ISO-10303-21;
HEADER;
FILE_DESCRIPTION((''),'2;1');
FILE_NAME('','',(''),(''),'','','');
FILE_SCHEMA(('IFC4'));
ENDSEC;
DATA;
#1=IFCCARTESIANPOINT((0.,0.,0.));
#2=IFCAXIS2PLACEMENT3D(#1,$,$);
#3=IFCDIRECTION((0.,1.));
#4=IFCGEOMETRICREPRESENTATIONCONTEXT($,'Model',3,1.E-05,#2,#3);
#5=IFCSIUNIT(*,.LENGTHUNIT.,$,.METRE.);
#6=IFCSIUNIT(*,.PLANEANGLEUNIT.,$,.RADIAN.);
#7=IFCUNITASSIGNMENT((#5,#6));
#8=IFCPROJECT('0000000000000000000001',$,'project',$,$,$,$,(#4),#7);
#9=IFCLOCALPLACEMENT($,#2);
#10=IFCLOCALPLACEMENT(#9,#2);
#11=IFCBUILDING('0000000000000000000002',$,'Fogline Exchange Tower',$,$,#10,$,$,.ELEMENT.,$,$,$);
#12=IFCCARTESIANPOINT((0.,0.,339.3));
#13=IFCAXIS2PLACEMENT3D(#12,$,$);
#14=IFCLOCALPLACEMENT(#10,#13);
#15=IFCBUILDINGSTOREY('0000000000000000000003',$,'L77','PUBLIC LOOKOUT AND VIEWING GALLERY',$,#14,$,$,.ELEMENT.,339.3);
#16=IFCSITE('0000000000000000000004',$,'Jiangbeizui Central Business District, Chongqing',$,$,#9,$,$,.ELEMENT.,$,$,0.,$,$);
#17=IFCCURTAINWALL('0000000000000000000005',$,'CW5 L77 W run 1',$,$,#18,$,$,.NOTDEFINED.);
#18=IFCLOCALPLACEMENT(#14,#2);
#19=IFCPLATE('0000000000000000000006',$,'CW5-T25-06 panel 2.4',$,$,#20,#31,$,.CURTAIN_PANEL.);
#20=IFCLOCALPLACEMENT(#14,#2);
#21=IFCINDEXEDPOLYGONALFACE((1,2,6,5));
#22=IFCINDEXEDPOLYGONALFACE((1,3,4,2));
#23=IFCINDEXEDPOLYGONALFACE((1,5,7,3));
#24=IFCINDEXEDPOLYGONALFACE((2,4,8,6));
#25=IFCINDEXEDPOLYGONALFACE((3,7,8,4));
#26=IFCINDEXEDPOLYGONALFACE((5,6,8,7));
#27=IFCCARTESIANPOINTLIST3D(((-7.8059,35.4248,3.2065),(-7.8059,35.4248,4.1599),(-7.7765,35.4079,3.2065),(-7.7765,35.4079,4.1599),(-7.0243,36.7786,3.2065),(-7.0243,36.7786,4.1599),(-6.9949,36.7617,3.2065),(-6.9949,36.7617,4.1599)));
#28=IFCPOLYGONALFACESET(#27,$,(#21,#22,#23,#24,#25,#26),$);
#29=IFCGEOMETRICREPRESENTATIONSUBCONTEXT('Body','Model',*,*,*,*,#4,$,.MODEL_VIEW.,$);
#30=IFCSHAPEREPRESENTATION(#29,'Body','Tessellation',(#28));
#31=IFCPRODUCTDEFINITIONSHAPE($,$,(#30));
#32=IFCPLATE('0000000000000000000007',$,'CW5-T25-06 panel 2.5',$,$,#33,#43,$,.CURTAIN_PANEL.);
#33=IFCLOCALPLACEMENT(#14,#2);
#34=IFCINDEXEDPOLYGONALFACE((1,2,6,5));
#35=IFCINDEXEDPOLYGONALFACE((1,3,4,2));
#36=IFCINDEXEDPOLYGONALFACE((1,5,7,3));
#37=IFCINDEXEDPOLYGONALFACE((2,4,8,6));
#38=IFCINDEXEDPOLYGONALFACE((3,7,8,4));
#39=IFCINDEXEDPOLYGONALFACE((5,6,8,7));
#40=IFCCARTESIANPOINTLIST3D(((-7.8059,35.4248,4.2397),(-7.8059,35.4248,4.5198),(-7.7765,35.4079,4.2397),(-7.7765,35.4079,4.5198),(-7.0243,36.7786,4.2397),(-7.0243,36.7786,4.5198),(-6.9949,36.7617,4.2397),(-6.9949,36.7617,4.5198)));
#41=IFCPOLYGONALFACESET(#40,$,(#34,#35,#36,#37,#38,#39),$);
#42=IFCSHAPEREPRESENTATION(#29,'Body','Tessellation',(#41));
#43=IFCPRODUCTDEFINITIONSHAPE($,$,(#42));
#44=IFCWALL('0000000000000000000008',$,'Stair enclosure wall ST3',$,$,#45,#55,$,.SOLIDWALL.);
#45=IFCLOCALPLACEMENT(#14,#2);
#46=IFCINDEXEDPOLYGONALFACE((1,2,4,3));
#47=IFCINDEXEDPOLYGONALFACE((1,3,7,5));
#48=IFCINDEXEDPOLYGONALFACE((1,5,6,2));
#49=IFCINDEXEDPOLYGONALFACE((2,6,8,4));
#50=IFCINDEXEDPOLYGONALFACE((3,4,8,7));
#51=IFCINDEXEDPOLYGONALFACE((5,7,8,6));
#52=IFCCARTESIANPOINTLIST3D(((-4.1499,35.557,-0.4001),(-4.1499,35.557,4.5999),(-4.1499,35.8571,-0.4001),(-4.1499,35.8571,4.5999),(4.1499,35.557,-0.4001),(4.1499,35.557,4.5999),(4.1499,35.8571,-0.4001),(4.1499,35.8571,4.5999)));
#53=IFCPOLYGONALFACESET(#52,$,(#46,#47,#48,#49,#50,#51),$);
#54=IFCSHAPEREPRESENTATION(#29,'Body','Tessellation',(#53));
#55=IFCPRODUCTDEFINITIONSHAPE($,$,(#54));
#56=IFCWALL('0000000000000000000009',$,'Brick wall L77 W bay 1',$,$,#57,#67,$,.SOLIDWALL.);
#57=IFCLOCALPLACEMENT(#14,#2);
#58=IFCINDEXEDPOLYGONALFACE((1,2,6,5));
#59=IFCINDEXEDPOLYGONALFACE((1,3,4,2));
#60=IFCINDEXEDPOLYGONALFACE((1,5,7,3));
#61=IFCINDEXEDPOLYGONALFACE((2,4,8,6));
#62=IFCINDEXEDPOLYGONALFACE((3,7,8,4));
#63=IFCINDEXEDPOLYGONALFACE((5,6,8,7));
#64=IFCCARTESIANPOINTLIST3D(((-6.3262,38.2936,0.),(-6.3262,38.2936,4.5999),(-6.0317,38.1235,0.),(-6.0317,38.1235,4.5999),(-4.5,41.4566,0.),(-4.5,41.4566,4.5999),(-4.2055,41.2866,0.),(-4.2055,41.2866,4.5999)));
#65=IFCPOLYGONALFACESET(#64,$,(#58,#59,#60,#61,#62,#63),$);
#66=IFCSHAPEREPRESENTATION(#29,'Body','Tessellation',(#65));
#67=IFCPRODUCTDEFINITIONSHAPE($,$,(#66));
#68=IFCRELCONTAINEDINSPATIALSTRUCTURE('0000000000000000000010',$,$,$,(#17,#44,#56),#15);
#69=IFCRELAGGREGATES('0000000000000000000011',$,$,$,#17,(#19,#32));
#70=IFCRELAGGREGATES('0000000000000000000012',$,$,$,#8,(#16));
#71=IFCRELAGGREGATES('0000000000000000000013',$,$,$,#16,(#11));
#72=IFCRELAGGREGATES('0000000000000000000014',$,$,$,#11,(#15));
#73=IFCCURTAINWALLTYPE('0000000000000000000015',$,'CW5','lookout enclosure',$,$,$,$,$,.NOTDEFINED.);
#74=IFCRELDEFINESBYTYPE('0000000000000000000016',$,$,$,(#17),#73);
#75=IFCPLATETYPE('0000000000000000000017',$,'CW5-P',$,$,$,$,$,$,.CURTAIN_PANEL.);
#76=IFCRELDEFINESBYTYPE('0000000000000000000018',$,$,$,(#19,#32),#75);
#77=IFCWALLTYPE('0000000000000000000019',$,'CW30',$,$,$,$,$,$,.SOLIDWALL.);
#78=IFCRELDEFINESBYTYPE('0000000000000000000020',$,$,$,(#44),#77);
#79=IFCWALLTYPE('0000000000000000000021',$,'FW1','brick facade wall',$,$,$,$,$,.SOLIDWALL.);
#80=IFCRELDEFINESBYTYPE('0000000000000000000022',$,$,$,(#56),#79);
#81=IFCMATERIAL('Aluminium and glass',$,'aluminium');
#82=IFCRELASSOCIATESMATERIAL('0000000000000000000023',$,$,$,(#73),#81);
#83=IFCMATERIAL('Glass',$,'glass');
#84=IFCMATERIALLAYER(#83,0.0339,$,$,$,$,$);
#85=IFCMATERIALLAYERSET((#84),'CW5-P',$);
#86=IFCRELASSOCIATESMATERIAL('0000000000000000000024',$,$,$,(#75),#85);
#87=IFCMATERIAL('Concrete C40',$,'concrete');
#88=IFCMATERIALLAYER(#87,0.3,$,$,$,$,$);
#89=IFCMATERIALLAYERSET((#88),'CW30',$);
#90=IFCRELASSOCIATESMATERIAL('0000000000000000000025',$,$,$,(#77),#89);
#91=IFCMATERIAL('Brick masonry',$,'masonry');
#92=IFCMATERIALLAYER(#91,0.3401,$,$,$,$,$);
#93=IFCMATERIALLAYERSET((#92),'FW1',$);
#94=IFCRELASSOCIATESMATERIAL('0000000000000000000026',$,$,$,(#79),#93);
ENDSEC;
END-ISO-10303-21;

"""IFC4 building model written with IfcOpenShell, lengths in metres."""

from ifc_helpers import new_model, si_unit, direction, frame, frame_2d, origin, origin_2d, place, context, subcontext, project, spatial, rectangle, extrude, material, layer, layer_set, type_object, element, aggregate, save


model = new_model("IFC4")

# Units and contexts
model_context = context("Model", 3, precision=1e-05, world=origin(), true_north=direction((0.0, 1.0)))
body_context = subcontext(model_context, "Body", "Model", "MODEL_VIEW")
ifc_project = project(units=[si_unit("LENGTHUNIT", "METRE"), si_unit("PLANEANGLEUNIT", "RADIAN")], contexts=[model_context])

# Site, building, storey
site_placement = place(None, origin())
site = spatial("IfcSite", under=ifc_project, at=site_placement, Name="Jiangbeizui Central Business District, Chongqing", CompositionType="ELEMENT", RefElevation=0.0)
building_placement = place(site_placement, origin())
building = spatial("IfcBuilding", under=site, at=building_placement, Name="Fogline Exchange Tower", CompositionType="ELEMENT")
storey_placement = place(building_placement, frame((0.0, 0.0, 339.3)))
storey = spatial("IfcBuildingStorey", under=building, at=storey_placement, Name="L77", Description="PUBLIC LOOKOUT AND VIEWING GALLERY", CompositionType="ELEMENT", Elevation=339.3)

# Shared definitions
ifc_material_1 = material(Name="Concrete C40", Category="concrete")

# Curtain wall, plates
ifc_material_2 = material(Name="Aluminium and glass", Category="aluminium")
curtain_wall_type = type_object("IfcCurtainWallType", Name="CW5", Description="lookout enclosure", PredefinedType="NOTDEFINED", material=ifc_material_2)
curtain_wall_placement = place(storey_placement, origin())
curtain_wall = element("IfcCurtainWall", 1, at=curtain_wall_placement, inside=storey, type_object=curtain_wall_type, Name="CW5 L77 W run 1", PredefinedType="NOTDEFINED")
ifc_material_3 = material(Name="Glass", Category="glass")
ifc_layer_1 = layer(ifc_material_3, 0.0339)
ifc_layer_set_1 = layer_set([ifc_layer_1], Name="CW5-P")
plate_type = type_object("IfcPlateType", Name="CW5-P", PredefinedType="CURTAIN_PANEL", material=ifc_layer_set_1)
plate_1_placement = place(storey_placement, frame((-7.4004, 36.0933, 3.2065), z_axis=(0.0, 0.0, 1.0), x_axis=(-0.5, -0.866025, 0.0)))
plate_1 = element("IfcPlate", 2, at=plate_1_placement, type_object=plate_type, Name="CW5-T25-06 panel 2.4", PredefinedType="CURTAIN_PANEL", context=body_context, shape_type="SweptSolid", body=[
    extrude(rectangle(XDim=1.5632, YDim=0.0339, at=origin_2d()), origin(), (0.0, 0.0, 1.0), 0.9534),
])
plate_2_placement = place(storey_placement, frame((-7.4004, 36.0933, 4.2397), z_axis=(0.0, 0.0, 1.0), x_axis=(-0.5, -0.866025, 0.0)))
plate_2 = element("IfcPlate", 3, at=plate_2_placement, type_object=plate_type, Name="CW5-T25-06 panel 2.5", PredefinedType="CURTAIN_PANEL", context=body_context, shape_type="SweptSolid", body=[
    extrude(rectangle(XDim=1.5632, YDim=0.0339, at=origin_2d()), origin(), (0.0, 0.0, 1.0), 0.28),
])
aggregate(curtain_wall, [plate_1, plate_2])

# Walls
ifc_layer_2 = layer(ifc_material_1, 0.3)
ifc_layer_set_2 = layer_set([ifc_layer_2], Name="CW30")
wall_type_1 = type_object("IfcWallType", Name="CW30", PredefinedType="SOLIDWALL", material=ifc_layer_set_2)
wall_1_placement = place(storey_placement, frame((-4.1499, 35.707, -0.4001), z_axis=(0.0, 0.0, 1.0), x_axis=(1.0, 0.0, 0.0)))
element("IfcWall", 4, at=wall_1_placement, inside=storey, type_object=wall_type_1, Name="Stair enclosure wall ST3", PredefinedType="SOLIDWALL", context=body_context, shape_type="SweptSolid", body=[
    extrude(rectangle(XDim=8.2998, YDim=0.3, at=frame_2d((4.1499, 0.0))), origin(), (0.0, 0.0, 1.0), 5.0),
])
ifc_material_4 = material(Name="Brick masonry", Category="masonry")
ifc_layer_3 = layer(ifc_material_4, 0.3401)
ifc_layer_set_3 = layer_set([ifc_layer_3], Name="FW1")
wall_type_2 = type_object("IfcWallType", Name="FW1", Description="brick facade wall", PredefinedType="SOLIDWALL", material=ifc_layer_set_3)
wall_2_placement = place(storey_placement, frame((-4.3528, 41.3716, 0.0), z_axis=(0.0, 0.0, 1.0), x_axis=(-0.499992, -0.86603, 0.0)))
element("IfcWall", 5, at=wall_2_placement, inside=storey, type_object=wall_type_2, Name="Brick wall L77 W bay 1", PredefinedType="SOLIDWALL", context=body_context, shape_type="SweptSolid", body=[
    extrude(rectangle(XDim=3.6523, YDim=0.3401, at=frame_2d((1.8262, 0.0))), origin(), (0.0, 0.0, 1.0), 4.5999),
])

save(model, "model.ifc")
